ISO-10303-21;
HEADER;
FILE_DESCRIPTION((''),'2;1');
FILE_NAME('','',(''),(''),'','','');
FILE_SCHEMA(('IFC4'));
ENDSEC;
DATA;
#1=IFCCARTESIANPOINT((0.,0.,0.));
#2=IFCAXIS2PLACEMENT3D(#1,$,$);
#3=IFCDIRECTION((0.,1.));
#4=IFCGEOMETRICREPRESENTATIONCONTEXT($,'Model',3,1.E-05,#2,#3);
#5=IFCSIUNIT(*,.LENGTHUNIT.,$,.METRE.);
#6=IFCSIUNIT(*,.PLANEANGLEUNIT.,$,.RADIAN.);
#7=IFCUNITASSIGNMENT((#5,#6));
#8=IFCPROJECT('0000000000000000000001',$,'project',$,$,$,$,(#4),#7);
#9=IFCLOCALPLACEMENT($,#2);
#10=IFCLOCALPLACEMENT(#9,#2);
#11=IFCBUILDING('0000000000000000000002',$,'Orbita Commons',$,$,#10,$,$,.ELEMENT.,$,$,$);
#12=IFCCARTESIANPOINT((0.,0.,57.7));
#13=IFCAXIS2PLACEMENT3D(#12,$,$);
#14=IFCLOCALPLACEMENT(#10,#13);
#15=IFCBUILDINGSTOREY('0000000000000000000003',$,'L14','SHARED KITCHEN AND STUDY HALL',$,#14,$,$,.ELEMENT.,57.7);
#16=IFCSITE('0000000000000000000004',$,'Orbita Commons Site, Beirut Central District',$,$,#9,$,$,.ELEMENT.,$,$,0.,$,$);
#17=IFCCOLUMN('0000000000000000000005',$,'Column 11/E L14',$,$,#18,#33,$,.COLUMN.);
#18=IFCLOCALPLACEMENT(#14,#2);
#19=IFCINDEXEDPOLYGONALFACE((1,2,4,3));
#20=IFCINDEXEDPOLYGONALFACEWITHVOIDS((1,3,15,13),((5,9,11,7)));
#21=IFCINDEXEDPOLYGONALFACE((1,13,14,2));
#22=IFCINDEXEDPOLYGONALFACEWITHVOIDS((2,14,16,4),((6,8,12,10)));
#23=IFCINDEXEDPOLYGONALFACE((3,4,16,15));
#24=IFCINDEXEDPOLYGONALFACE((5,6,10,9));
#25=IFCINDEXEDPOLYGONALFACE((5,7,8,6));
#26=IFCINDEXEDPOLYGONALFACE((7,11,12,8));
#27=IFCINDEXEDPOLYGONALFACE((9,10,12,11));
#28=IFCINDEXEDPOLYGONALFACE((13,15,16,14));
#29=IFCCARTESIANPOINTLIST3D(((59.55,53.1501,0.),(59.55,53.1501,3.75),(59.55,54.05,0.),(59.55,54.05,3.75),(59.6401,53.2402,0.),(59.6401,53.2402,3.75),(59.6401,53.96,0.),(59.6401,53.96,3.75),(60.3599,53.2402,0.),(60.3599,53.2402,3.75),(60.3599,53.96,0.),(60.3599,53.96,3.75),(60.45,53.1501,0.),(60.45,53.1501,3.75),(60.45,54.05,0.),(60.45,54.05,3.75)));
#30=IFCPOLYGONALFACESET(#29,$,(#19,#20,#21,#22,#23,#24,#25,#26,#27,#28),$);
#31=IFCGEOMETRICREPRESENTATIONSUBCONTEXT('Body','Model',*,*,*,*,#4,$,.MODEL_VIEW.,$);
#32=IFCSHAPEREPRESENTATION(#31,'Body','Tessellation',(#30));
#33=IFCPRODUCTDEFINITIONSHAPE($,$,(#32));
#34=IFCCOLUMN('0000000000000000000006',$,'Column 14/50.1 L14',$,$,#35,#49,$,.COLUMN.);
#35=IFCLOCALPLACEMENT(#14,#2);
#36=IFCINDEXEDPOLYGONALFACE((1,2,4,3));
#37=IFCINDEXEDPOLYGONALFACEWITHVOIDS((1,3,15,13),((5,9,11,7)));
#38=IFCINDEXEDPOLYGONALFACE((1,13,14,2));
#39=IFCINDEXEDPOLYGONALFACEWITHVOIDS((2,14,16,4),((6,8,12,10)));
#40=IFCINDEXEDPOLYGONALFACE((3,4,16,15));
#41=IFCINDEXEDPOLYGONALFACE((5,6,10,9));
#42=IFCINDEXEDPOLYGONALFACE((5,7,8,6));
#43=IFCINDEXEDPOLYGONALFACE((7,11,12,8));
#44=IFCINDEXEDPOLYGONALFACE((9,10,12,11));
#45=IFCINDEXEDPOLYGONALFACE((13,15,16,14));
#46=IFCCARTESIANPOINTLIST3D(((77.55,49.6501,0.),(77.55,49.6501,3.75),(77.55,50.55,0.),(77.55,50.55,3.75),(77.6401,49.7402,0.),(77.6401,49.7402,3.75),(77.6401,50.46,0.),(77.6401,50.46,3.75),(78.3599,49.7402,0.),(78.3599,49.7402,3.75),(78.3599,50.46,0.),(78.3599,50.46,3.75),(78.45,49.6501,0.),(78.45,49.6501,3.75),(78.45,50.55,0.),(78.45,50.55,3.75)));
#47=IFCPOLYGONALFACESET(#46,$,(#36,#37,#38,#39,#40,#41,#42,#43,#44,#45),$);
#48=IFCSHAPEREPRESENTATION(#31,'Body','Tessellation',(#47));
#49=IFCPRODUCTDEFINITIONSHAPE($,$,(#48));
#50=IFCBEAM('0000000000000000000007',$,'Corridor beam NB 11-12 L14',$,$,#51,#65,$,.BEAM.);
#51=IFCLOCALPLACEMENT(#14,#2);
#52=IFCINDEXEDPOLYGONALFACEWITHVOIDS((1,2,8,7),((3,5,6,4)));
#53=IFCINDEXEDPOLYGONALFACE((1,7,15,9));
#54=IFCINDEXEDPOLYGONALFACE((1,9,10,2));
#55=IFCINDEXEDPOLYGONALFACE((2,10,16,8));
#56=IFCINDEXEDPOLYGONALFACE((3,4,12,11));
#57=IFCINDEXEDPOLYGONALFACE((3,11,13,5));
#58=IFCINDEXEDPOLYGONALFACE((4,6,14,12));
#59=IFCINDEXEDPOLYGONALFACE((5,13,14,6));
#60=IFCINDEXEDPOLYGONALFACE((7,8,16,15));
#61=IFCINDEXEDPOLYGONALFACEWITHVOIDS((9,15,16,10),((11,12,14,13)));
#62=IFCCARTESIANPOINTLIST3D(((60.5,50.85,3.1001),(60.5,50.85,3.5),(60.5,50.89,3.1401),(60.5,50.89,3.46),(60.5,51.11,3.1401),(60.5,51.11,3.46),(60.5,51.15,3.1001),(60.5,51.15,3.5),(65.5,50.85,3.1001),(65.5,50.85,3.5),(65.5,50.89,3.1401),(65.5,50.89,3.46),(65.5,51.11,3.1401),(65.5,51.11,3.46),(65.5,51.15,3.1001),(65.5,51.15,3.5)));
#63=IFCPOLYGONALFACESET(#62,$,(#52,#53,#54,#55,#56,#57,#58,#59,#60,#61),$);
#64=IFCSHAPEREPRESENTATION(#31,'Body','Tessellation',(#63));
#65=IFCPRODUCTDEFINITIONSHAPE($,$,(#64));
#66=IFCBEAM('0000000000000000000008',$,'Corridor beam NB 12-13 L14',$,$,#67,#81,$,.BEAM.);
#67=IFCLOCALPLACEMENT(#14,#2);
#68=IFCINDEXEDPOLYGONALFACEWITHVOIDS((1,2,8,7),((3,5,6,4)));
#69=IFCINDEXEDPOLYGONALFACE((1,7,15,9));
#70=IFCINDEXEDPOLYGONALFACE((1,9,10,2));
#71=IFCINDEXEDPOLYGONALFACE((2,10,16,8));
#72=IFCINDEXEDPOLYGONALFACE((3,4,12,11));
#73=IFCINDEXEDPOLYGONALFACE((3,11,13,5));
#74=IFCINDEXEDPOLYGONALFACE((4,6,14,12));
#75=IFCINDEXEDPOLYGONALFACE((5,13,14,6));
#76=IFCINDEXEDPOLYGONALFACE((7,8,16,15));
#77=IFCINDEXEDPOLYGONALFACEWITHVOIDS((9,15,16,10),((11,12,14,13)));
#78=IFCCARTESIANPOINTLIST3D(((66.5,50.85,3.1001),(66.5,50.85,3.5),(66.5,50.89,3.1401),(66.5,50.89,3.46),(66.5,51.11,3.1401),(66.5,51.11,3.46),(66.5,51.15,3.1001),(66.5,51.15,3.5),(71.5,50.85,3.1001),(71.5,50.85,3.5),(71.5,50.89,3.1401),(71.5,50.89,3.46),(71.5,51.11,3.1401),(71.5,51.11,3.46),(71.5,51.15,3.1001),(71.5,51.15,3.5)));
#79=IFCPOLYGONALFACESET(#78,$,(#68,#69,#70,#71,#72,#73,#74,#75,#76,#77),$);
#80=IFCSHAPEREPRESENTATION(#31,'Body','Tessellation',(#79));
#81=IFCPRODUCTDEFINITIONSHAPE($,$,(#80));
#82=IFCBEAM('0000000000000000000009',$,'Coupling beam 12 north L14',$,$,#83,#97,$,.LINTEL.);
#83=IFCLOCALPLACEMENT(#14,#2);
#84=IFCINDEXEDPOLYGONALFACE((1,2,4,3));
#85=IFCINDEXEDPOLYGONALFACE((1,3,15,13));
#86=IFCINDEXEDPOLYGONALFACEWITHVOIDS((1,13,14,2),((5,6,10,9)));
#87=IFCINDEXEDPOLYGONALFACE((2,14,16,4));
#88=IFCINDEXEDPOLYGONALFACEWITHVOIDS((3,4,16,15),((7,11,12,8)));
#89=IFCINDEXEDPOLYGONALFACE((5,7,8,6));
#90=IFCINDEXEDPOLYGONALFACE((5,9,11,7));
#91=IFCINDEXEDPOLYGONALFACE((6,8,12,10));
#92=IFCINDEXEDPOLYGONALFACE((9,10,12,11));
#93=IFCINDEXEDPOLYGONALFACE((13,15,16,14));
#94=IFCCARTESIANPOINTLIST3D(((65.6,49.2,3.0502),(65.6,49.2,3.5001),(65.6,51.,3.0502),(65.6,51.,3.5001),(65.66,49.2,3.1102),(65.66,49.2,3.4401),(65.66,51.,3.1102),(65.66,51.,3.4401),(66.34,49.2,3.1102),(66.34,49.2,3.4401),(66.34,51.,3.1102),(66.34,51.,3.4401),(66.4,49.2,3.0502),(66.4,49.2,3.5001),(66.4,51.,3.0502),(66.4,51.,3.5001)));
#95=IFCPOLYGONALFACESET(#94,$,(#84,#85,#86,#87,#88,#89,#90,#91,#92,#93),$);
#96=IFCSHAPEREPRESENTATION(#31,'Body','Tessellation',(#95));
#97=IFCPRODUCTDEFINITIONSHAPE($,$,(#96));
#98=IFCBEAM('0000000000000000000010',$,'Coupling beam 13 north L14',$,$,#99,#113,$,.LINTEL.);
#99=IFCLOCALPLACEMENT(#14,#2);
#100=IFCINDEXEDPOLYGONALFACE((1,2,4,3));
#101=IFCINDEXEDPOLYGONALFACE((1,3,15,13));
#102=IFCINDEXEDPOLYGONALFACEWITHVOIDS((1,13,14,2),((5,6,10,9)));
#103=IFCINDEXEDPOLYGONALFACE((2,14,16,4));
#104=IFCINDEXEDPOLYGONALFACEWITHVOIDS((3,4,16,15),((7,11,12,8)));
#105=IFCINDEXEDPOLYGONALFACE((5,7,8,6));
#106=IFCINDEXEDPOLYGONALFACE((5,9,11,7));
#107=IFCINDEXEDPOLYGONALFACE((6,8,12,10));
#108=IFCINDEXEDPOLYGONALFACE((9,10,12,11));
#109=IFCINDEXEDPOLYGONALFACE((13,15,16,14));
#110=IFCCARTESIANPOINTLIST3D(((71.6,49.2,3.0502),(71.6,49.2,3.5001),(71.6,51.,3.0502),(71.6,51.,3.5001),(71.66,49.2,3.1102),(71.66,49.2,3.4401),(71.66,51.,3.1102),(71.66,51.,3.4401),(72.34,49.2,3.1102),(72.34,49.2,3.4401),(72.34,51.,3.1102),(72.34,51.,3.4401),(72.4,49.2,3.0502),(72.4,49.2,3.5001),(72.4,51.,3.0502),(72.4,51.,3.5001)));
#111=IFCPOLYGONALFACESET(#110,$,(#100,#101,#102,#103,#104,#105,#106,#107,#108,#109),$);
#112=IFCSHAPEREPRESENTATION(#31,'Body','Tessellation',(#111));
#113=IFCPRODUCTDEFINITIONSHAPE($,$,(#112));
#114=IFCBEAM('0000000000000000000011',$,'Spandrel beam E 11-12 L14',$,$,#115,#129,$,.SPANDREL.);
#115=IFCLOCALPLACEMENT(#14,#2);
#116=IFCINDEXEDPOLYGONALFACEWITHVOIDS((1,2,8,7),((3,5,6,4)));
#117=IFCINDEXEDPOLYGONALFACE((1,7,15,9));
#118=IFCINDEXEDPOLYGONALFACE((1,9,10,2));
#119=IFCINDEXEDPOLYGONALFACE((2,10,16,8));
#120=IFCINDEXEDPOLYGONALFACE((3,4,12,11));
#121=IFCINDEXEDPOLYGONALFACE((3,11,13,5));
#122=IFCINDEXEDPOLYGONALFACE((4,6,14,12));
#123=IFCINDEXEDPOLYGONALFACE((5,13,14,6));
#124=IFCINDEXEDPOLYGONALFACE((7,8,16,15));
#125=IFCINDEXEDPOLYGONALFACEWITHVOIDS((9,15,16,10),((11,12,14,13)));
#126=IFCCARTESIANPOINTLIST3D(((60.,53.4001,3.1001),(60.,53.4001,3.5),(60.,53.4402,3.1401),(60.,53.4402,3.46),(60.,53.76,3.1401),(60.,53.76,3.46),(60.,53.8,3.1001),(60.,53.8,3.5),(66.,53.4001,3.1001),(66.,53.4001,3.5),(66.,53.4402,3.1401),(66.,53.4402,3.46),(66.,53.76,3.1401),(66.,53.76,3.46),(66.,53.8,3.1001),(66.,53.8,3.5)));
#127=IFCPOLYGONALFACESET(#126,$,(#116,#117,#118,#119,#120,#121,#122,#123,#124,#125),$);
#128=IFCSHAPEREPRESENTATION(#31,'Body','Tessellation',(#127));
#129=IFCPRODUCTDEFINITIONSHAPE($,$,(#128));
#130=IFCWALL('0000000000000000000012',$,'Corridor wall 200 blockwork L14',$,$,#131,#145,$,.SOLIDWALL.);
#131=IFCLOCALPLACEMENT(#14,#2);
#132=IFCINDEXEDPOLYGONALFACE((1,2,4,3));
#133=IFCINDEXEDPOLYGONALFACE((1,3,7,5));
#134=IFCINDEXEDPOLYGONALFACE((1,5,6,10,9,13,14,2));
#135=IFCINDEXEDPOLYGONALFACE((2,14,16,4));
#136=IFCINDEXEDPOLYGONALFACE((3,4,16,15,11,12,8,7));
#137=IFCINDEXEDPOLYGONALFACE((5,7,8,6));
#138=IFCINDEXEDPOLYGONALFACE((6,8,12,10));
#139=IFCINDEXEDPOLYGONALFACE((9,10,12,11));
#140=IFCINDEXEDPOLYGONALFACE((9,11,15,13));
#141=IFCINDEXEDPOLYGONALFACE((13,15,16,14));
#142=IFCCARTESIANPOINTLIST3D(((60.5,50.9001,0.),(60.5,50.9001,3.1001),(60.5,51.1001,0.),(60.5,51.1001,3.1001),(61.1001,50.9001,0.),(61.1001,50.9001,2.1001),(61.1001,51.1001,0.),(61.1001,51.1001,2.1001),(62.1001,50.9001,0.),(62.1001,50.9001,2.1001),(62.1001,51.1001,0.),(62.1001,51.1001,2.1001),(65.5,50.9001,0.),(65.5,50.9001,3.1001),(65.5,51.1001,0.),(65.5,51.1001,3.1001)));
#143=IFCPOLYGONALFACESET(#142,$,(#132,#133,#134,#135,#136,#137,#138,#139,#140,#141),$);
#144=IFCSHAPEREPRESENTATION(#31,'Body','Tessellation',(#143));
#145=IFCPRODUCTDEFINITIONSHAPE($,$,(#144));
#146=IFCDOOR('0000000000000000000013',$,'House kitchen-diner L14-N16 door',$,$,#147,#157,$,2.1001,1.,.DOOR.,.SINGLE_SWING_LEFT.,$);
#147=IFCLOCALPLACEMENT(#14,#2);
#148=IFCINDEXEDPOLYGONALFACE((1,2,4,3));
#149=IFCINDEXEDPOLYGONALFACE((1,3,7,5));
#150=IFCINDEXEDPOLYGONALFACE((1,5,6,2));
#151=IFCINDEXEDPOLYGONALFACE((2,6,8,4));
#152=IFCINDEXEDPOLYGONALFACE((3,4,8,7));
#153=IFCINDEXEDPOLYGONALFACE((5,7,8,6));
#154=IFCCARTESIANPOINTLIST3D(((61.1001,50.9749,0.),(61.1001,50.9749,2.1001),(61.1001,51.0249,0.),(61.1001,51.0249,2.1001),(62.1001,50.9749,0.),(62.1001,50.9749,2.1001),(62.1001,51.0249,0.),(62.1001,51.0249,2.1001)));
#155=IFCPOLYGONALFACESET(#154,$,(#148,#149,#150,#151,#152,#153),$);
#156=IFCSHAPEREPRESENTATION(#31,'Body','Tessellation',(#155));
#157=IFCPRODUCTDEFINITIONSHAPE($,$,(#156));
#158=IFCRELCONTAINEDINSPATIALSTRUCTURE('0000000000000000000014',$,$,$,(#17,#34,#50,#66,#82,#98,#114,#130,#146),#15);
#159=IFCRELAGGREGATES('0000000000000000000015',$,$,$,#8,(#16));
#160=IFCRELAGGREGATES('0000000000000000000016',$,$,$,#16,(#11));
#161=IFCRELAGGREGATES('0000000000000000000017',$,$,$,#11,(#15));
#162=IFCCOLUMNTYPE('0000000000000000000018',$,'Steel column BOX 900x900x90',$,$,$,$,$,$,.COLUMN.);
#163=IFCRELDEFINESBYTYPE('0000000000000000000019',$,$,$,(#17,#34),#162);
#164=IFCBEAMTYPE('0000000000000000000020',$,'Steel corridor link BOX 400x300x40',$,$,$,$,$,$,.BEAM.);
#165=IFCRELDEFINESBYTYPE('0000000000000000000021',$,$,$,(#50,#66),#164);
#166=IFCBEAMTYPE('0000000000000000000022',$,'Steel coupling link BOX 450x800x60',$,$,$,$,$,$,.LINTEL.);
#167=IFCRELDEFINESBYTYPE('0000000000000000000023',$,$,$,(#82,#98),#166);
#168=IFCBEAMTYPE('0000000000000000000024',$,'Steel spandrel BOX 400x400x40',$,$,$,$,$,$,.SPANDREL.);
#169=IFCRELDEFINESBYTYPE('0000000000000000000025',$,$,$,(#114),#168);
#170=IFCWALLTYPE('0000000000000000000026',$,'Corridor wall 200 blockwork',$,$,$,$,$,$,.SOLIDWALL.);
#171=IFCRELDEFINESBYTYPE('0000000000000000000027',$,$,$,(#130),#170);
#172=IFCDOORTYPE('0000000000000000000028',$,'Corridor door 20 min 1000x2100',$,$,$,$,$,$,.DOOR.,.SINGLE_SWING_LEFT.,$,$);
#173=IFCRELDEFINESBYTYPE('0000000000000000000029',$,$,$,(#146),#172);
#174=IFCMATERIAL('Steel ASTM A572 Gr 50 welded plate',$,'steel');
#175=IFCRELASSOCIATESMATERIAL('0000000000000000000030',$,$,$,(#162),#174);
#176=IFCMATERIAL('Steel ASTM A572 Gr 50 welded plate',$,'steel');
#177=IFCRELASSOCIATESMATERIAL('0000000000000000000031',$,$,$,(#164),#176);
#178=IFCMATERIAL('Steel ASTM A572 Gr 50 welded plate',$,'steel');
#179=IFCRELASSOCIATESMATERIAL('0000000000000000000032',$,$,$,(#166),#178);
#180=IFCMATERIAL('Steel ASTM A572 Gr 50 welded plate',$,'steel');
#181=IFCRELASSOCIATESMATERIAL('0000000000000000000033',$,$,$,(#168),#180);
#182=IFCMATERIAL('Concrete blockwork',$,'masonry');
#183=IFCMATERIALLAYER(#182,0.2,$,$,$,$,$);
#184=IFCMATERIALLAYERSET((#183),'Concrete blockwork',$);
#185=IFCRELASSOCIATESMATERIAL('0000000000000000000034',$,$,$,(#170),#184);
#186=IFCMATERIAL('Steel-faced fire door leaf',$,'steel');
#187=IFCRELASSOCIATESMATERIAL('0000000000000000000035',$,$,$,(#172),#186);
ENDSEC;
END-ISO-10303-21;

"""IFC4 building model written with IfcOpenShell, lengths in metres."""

from ifc_helpers import new_model, si_unit, direction, frame, frame_2d, origin, origin_2d, place, context, subcontext, project, spatial, polyline, rectangle, hollow_rectangle, outline, extrude, material, layer, layer_set, material_profile, profile_set, type_object, element, fill, save


model = new_model("IFC4")

# Units and contexts
model_context = context("Model", 3, precision=1e-05, world=origin(), true_north=direction((0.0, 1.0)))
body_context = subcontext(model_context, "Body", "Model", "MODEL_VIEW")
ifc_project = project(units=[si_unit("LENGTHUNIT", "METRE"), si_unit("PLANEANGLEUNIT", "RADIAN")], contexts=[model_context])

# Site, building, storey
site_placement = place(None, origin())
site = spatial("IfcSite", under=ifc_project, at=site_placement, Name="Orbita Commons Site, Beirut Central District", CompositionType="ELEMENT", RefElevation=0.0)
building_placement = place(site_placement, origin())
building = spatial("IfcBuilding", under=site, at=building_placement, Name="Orbita Commons", CompositionType="ELEMENT")
storey_placement = place(building_placement, frame((0.0, 0.0, 57.7)))
storey = spatial("IfcBuildingStorey", under=building, at=storey_placement, Name="L14", Description="SHARED KITCHEN AND STUDY HALL", CompositionType="ELEMENT", Elevation=57.7)

# Columns
ifc_material_1 = material(Name="Steel ASTM A572 Gr 50 welded plate", Category="steel")
ifc_material_profile_1 = material_profile(ifc_material_1, hollow_rectangle(XDim=0.8999, YDim=0.8999, WallThickness=0.0901, at=origin_2d()), Name="BOX 900x900x90")
ifc_profile_set_1 = profile_set([ifc_material_profile_1], Name="Steel ASTM A572 Gr 50 welded plate")
column_type = type_object("IfcColumnType", Name="Steel column BOX 900x900x90", PredefinedType="COLUMN", material=ifc_profile_set_1)
for number, where, z_axis, x_axis, name in (
    (1, (60.0, 53.6001, 0.0), (0.0, 0.0, 1.0), (1.0, 0.0, 0.0), "Column 11/E L14"),
    (2, (78.0, 50.1001, 0.0), (0.0, 0.0, 1.0), (1.0, 0.0, 0.0), "Column 14/50.1 L14"),
):
    element("IfcColumn", number, at=place(storey_placement, frame(where, z_axis=z_axis, x_axis=x_axis)), inside=storey, type_object=column_type, Name=name, PredefinedType="COLUMN", context=body_context, shape_type="SweptSolid", body=[
        extrude(hollow_rectangle(XDim=0.8999, YDim=0.8999, WallThickness=0.0901, at=origin_2d()), origin(), (0.0, 0.0, 1.0), 3.75),
    ])

# Beams
ifc_material_2 = material(Name="Steel ASTM A572 Gr 50 welded plate", Category="steel")
ifc_material_profile_2 = material_profile(ifc_material_2, hollow_rectangle(XDim=0.3, YDim=0.3999, WallThickness=0.04, at=origin_2d()), Name="BOX 400x300x40")
ifc_profile_set_2 = profile_set([ifc_material_profile_2], Name="Steel ASTM A572 Gr 50 welded plate")
beam_type_1 = type_object("IfcBeamType", Name="Steel corridor link BOX 400x300x40", PredefinedType="BEAM", material=ifc_profile_set_2)
for number, where, z_axis, x_axis, name in (
    (3, (60.5, 51.0, 3.3), (1.0, 0.0, 0.0), (0.0, 1.0, 0.0), "Corridor beam NB 11-12 L14"),
    (4, (66.5, 51.0, 3.3), (1.0, 0.0, 0.0), (0.0, 1.0, 0.0), "Corridor beam NB 12-13 L14"),
):
    element("IfcBeam", number, at=place(storey_placement, frame(where, z_axis=z_axis, x_axis=x_axis)), inside=storey, type_object=beam_type_1, Name=name, PredefinedType="BEAM", context=body_context, shape_type="SweptSolid", body=[
        extrude(hollow_rectangle(XDim=0.3, YDim=0.3999, WallThickness=0.04, at=origin_2d()), origin(), (0.0, 0.0, 1.0), 5.0),
    ])
ifc_material_3 = material(Name="Steel ASTM A572 Gr 50 welded plate", Category="steel")
ifc_material_profile_3 = material_profile(ifc_material_3, hollow_rectangle(XDim=0.8, YDim=0.45, WallThickness=0.0601, at=origin_2d()), Name="BOX 450x800x60")
ifc_profile_set_3 = profile_set([ifc_material_profile_3], Name="Steel ASTM A572 Gr 50 welded plate")
beam_type_2 = type_object("IfcBeamType", Name="Steel coupling link BOX 450x800x60", PredefinedType="LINTEL", material=ifc_profile_set_3)
for number, where, z_axis, x_axis, name in (
    (5, (66.0, 49.2, 3.2751), (0.0, 1.0, 0.0), (-1.0, 0.0, 0.0), "Coupling beam 12 north L14"),
    (6, (72.0, 49.2, 3.2751), (0.0, 1.0, 0.0), (-1.0, 0.0, 0.0), "Coupling beam 13 north L14"),
):
    element("IfcBeam", number, at=place(storey_placement, frame(where, z_axis=z_axis, x_axis=x_axis)), inside=storey, type_object=beam_type_2, Name=name, PredefinedType="LINTEL", context=body_context, shape_type="SweptSolid", body=[
        extrude(hollow_rectangle(XDim=0.8, YDim=0.45, WallThickness=0.0601, at=origin_2d()), origin(), (0.0, 0.0, 1.0), 1.8),
    ])
ifc_material_4 = material(Name="Steel ASTM A572 Gr 50 welded plate", Category="steel")
ifc_material_profile_4 = material_profile(ifc_material_4, hollow_rectangle(XDim=0.3999, YDim=0.3999, WallThickness=0.04, at=origin_2d()), Name="BOX 400x400x40")
ifc_profile_set_4 = profile_set([ifc_material_profile_4], Name="Steel ASTM A572 Gr 50 welded plate")
beam_type_3 = type_object("IfcBeamType", Name="Steel spandrel BOX 400x400x40", PredefinedType="SPANDREL", material=ifc_profile_set_4)
beam_placement = place(storey_placement, frame((60.0, 53.6001, 3.3), z_axis=(1.0, 0.0, 0.0), x_axis=(0.0, 1.0, 0.0)))
element("IfcBeam", 7, at=beam_placement, inside=storey, type_object=beam_type_3, Name="Spandrel beam E 11-12 L14", PredefinedType="SPANDREL", context=body_context, shape_type="SweptSolid", body=[
    extrude(hollow_rectangle(XDim=0.3999, YDim=0.3999, WallThickness=0.04, at=origin_2d()), origin(), (0.0, 0.0, 1.0), 6.0),
])

# Wall, opening, door
ifc_material_5 = material(Name="Concrete blockwork", Category="masonry")
ifc_layer_1 = layer(ifc_material_5, 0.2)
ifc_layer_set_1 = layer_set([ifc_layer_1], Name="Concrete blockwork")
wall_type_1 = type_object("IfcWallType", Name="Corridor wall 200 blockwork", PredefinedType="SOLIDWALL", material=ifc_layer_set_1)
wall_1_placement = place(storey_placement, frame((60.5, 51.0, 0.0), z_axis=(0.0, 0.0, 1.0), x_axis=(1.0, 0.0, 0.0)))
wall_1 = element("IfcWall", 8, at=wall_1_placement, inside=storey, type_object=wall_type_1, Name="Corridor wall 200 blockwork L14", PredefinedType="SOLIDWALL", context=body_context, shape_type="SweptSolid", body=[
    extrude(outline(polyline([(0.0, 0.0), (5.0, 0.0), (5.0, 3.1001), (0.0, 3.1001), (0.0, 0.0)])), frame((0.0, 0.1001, 0.0), z_axis=(0.0, -1.0, 0.0), x_axis=(1.0, 0.0, 0.0)), (0.0, 0.0, 1.0), 0.2),
])
opening_1_placement = place(wall_1_placement, frame((0.6001, 0.0, 0.0)))
opening_1 = element("IfcOpeningElement", 9, at=opening_1_placement, cuts=wall_1, PredefinedType="OPENING", context=body_context, shape_type="SweptSolid", body=[
    extrude(rectangle(XDim=1.0, YDim=2.1001, at=frame_2d((0.5, 1.05))), frame((0.0, 0.1099, 0.0), z_axis=(0.0, -1.0, 0.0), x_axis=(1.0, 0.0, 0.0)), (0.0, 0.0, 1.0), 0.22),
])
ifc_material_6 = material(Name="Steel-faced fire door leaf", Category="steel")
door_type_1 = type_object("IfcDoorType", Name="Corridor door 20 min 1000x2100", OperationType="SINGLE_SWING_LEFT", PredefinedType="DOOR", material=ifc_material_6)
door_1_placement = place(opening_1_placement, origin())
door_1 = element("IfcDoor", 10, at=door_1_placement, inside=storey, type_object=door_type_1, Name="House kitchen-diner L14-N16 door", OperationType="SINGLE_SWING_LEFT", OverallHeight=2.1001, OverallWidth=1.0, PredefinedType="DOOR", context=body_context, shape_type="SweptSolid", body=[
    extrude(rectangle(XDim=1.0, YDim=2.1001, at=frame_2d((0.5, 1.05))), frame((0.0, 0.0249, 0.0), z_axis=(0.0, -1.0, 0.0), x_axis=(1.0, 0.0, 0.0)), (0.0, 0.0, 1.0), 0.05),
])
fill(opening_1, door_1)

save(model, "model.ifc")
